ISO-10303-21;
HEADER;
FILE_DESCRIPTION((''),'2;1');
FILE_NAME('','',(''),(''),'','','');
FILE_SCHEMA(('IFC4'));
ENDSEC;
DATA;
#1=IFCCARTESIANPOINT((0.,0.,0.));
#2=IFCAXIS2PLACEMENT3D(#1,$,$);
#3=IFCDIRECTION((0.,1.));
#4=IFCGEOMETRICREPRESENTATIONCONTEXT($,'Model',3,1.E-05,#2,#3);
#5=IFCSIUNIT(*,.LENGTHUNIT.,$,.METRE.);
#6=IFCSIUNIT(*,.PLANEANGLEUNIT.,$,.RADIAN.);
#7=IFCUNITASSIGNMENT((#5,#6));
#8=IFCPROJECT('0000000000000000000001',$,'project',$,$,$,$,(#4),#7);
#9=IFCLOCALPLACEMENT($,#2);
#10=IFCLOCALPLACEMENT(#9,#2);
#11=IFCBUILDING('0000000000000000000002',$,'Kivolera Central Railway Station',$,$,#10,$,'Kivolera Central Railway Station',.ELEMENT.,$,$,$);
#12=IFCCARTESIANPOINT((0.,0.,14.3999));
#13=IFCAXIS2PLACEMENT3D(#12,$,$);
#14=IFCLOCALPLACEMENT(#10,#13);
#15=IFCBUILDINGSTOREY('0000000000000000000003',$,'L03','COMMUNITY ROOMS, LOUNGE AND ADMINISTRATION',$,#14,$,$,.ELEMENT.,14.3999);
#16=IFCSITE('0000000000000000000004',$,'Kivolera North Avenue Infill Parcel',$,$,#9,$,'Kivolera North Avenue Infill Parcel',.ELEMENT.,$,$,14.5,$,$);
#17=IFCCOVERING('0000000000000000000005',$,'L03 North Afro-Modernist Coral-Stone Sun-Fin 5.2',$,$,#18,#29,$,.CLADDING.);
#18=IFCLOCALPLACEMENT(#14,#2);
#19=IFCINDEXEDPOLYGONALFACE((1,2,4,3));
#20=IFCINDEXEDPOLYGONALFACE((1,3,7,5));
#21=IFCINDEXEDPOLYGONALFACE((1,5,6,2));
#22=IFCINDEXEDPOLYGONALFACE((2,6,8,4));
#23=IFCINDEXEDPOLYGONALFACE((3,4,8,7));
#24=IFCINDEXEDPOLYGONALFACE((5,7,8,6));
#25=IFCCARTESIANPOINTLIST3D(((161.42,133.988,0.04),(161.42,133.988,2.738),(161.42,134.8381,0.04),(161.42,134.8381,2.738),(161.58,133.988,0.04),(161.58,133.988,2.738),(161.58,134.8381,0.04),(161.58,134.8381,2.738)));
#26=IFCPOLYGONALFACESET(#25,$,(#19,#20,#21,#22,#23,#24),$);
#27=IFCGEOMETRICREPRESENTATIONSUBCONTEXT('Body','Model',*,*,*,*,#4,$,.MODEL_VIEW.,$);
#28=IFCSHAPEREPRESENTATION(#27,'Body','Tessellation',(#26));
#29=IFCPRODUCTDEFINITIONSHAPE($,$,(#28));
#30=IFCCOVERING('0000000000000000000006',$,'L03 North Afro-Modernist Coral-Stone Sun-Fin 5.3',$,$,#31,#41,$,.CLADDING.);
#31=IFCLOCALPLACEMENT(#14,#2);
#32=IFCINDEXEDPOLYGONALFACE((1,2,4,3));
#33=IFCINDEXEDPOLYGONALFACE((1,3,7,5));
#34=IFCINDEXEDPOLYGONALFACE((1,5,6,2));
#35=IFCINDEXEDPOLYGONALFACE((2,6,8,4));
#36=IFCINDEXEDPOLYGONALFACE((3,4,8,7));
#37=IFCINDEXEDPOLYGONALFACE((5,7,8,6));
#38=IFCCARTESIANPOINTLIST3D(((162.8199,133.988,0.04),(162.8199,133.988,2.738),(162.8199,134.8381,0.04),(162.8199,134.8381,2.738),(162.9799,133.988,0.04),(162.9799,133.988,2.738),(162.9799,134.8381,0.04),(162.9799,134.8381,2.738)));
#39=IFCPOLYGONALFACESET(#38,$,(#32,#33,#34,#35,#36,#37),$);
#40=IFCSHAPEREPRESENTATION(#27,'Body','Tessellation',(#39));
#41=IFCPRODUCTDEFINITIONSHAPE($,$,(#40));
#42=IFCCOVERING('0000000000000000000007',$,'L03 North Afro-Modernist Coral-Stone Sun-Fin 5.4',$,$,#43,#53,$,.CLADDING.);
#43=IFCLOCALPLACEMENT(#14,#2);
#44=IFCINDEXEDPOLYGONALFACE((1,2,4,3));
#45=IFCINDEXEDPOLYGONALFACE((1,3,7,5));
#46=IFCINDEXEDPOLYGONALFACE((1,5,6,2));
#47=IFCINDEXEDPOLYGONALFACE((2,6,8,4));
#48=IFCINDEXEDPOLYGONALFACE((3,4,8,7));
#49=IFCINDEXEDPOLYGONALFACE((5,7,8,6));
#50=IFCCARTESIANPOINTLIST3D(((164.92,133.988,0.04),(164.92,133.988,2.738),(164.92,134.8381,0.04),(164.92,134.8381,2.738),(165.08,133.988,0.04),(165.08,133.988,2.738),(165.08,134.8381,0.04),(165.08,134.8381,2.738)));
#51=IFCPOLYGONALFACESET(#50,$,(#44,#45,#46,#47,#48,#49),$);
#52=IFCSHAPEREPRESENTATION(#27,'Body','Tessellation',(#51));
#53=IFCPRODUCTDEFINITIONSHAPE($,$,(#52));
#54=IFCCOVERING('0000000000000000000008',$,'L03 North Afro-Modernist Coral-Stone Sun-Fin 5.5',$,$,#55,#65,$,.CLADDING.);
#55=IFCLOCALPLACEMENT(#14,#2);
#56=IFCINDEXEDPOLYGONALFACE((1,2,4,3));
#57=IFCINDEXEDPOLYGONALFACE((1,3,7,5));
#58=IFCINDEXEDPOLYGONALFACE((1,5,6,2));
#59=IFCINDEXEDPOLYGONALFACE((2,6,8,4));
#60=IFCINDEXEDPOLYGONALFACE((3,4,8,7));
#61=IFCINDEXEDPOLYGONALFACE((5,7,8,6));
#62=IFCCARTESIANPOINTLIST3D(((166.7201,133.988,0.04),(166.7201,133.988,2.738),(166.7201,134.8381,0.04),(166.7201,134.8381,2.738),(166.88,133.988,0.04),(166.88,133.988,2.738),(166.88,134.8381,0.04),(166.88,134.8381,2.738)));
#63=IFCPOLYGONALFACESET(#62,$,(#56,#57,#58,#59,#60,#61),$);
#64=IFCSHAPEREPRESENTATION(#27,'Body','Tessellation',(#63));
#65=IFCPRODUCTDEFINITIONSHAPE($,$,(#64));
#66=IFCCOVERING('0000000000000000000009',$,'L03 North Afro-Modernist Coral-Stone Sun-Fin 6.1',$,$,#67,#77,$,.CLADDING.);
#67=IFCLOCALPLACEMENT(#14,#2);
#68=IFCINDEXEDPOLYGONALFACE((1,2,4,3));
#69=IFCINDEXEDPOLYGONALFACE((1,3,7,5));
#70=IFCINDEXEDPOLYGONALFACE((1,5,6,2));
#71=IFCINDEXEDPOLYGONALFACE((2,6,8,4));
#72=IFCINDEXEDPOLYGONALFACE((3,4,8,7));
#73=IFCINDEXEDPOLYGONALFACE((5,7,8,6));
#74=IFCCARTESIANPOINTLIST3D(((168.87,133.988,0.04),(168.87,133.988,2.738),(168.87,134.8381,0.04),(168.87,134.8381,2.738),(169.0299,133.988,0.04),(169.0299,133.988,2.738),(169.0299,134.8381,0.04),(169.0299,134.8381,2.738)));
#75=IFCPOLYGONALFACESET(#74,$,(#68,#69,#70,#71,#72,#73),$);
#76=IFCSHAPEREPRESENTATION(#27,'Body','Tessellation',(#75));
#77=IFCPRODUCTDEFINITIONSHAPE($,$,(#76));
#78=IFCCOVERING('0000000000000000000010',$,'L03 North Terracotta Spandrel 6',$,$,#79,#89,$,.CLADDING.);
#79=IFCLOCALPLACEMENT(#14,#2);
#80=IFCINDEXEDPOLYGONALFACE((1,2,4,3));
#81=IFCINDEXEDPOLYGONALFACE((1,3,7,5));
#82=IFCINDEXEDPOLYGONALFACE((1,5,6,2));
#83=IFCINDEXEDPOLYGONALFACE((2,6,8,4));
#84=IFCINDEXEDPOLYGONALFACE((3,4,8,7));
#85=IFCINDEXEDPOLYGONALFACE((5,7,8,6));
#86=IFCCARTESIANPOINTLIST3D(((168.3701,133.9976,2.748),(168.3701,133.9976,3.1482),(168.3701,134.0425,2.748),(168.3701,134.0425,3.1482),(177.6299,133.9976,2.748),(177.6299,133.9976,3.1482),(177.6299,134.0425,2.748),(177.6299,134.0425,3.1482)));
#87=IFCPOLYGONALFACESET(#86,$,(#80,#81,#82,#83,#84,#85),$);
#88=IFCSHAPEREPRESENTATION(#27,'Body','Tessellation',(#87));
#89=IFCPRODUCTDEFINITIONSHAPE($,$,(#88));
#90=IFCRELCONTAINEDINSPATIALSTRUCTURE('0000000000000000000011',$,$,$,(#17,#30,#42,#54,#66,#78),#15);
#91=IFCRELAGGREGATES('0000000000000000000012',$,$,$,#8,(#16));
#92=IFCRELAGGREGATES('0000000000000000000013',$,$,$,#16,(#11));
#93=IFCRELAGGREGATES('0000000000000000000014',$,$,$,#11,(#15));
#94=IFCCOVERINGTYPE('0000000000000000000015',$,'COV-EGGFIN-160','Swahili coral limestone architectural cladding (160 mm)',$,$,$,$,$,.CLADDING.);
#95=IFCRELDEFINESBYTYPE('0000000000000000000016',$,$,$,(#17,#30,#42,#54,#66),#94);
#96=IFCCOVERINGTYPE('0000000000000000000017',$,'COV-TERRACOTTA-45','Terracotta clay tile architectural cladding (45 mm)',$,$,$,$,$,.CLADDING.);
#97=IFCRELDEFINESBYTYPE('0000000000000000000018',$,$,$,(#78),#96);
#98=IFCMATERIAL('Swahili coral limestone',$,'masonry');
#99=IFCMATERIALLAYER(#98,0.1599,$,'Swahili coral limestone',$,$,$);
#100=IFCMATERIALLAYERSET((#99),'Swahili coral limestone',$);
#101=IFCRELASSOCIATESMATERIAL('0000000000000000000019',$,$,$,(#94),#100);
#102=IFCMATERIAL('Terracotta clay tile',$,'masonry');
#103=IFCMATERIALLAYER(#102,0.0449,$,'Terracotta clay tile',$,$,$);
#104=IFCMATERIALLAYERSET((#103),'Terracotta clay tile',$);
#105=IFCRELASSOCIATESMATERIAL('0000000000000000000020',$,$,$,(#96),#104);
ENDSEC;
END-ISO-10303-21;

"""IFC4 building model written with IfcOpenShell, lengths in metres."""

from ifc_helpers import new_model, si_unit, direction, frame, frame_2d, origin, origin_2d, place, context, subcontext, project, spatial, rectangle, extrude, material, layer, layer_set, type_object, element, save


model = new_model("IFC4")

# Units and contexts
model_context = context("Model", 3, precision=1e-05, world=origin(), true_north=direction((0.0, 1.0)))
body_context = subcontext(model_context, "Body", "Model", "MODEL_VIEW")
ifc_project = project(units=[si_unit("LENGTHUNIT", "METRE"), si_unit("PLANEANGLEUNIT", "RADIAN")], contexts=[model_context])

# Site, building, storey
site_placement = place(None, origin())
site = spatial("IfcSite", under=ifc_project, at=site_placement, Name="Kivolera North Avenue Infill Parcel", LongName="Kivolera North Avenue Infill Parcel", CompositionType="ELEMENT", RefElevation=14.5)
building_placement = place(site_placement, origin())
building = spatial("IfcBuilding", under=site, at=building_placement, Name="Kivolera Central Railway Station", LongName="Kivolera Central Railway Station", CompositionType="ELEMENT")
storey_placement = place(building_placement, frame((0.0, 0.0, 14.3999)))
storey = spatial("IfcBuildingStorey", under=building, at=storey_placement, Name="L03", Description="COMMUNITY ROOMS, LOUNGE AND ADMINISTRATION", CompositionType="ELEMENT", Elevation=14.3999)

# Shared definitions
ifc_material_1 = material(Name="Swahili coral limestone", Category="masonry")

# Coverings
ifc_layer_1 = layer(ifc_material_1, 0.1599, Name="Swahili coral limestone")
ifc_layer_set_1 = layer_set([ifc_layer_1], Name="Swahili coral limestone")
covering_type_1 = type_object("IfcCoveringType", Name="COV-EGGFIN-160", Description="Swahili coral limestone architectural cladding (160 mm)", PredefinedType="CLADDING", material=ifc_layer_set_1)
for number, where, z_axis, x_axis, name in (
    (1, (161.5, 134.4131, 0.04), (0.0, 0.0, 1.0), (1.0, 0.0, 0.0), "L03 North Afro-Modernist Coral-Stone Sun-Fin 5.2"),
    (2, (162.8999, 134.4131, 0.04), (0.0, 0.0, 1.0), (1.0, 0.0, 0.0), "L03 North Afro-Modernist Coral-Stone Sun-Fin 5.3"),
    (3, (165.0, 134.4131, 0.04), (0.0, 0.0, 1.0), (1.0, 0.0, 0.0), "L03 North Afro-Modernist Coral-Stone Sun-Fin 5.4"),
    (4, (166.8, 134.4131, 0.04), (0.0, 0.0, 1.0), (1.0, 0.0, 0.0), "L03 North Afro-Modernist Coral-Stone Sun-Fin 5.5"),
    (5, (168.95, 134.4131, 0.04), (0.0, 0.0, 1.0), (1.0, 0.0, 0.0), "L03 North Afro-Modernist Coral-Stone Sun-Fin 6.1"),
):
    element("IfcCovering", number, at=place(storey_placement, frame(where, z_axis=z_axis, x_axis=x_axis)), inside=storey, type_object=covering_type_1, Name=name, PredefinedType="CLADDING", context=body_context, shape_type="SweptSolid", body=[
        extrude(rectangle(XDim=0.1599, YDim=0.8501, at=origin_2d()), origin(), (0.0, 0.0, 1.0), 2.698),
    ])
ifc_material_2 = material(Name="Terracotta clay tile", Category="masonry")
ifc_layer_2 = layer(ifc_material_2, 0.0449, Name="Terracotta clay tile")
ifc_layer_set_2 = layer_set([ifc_layer_2], Name="Terracotta clay tile")
covering_type_2 = type_object("IfcCoveringType", Name="COV-TERRACOTTA-45", Description="Terracotta clay tile architectural cladding (45 mm)", PredefinedType="CLADDING", material=ifc_layer_set_2)
covering_1_placement = place(storey_placement, frame((168.3701, 134.02, 2.748), z_axis=(0.0, 0.0, 1.0), x_axis=(1.0, 0.0, 0.0)))
element("IfcCovering", 6, at=covering_1_placement, inside=storey, type_object=covering_type_2, Name="L03 North Terracotta Spandrel 6", PredefinedType="CLADDING", context=body_context, shape_type="SweptSolid", body=[
    extrude(rectangle(XDim=9.2598, YDim=0.0449, at=frame_2d((4.6299, 0.0))), origin(), (0.0, 0.0, 1.0), 0.4001),
])

save(model, "model.ifc")
